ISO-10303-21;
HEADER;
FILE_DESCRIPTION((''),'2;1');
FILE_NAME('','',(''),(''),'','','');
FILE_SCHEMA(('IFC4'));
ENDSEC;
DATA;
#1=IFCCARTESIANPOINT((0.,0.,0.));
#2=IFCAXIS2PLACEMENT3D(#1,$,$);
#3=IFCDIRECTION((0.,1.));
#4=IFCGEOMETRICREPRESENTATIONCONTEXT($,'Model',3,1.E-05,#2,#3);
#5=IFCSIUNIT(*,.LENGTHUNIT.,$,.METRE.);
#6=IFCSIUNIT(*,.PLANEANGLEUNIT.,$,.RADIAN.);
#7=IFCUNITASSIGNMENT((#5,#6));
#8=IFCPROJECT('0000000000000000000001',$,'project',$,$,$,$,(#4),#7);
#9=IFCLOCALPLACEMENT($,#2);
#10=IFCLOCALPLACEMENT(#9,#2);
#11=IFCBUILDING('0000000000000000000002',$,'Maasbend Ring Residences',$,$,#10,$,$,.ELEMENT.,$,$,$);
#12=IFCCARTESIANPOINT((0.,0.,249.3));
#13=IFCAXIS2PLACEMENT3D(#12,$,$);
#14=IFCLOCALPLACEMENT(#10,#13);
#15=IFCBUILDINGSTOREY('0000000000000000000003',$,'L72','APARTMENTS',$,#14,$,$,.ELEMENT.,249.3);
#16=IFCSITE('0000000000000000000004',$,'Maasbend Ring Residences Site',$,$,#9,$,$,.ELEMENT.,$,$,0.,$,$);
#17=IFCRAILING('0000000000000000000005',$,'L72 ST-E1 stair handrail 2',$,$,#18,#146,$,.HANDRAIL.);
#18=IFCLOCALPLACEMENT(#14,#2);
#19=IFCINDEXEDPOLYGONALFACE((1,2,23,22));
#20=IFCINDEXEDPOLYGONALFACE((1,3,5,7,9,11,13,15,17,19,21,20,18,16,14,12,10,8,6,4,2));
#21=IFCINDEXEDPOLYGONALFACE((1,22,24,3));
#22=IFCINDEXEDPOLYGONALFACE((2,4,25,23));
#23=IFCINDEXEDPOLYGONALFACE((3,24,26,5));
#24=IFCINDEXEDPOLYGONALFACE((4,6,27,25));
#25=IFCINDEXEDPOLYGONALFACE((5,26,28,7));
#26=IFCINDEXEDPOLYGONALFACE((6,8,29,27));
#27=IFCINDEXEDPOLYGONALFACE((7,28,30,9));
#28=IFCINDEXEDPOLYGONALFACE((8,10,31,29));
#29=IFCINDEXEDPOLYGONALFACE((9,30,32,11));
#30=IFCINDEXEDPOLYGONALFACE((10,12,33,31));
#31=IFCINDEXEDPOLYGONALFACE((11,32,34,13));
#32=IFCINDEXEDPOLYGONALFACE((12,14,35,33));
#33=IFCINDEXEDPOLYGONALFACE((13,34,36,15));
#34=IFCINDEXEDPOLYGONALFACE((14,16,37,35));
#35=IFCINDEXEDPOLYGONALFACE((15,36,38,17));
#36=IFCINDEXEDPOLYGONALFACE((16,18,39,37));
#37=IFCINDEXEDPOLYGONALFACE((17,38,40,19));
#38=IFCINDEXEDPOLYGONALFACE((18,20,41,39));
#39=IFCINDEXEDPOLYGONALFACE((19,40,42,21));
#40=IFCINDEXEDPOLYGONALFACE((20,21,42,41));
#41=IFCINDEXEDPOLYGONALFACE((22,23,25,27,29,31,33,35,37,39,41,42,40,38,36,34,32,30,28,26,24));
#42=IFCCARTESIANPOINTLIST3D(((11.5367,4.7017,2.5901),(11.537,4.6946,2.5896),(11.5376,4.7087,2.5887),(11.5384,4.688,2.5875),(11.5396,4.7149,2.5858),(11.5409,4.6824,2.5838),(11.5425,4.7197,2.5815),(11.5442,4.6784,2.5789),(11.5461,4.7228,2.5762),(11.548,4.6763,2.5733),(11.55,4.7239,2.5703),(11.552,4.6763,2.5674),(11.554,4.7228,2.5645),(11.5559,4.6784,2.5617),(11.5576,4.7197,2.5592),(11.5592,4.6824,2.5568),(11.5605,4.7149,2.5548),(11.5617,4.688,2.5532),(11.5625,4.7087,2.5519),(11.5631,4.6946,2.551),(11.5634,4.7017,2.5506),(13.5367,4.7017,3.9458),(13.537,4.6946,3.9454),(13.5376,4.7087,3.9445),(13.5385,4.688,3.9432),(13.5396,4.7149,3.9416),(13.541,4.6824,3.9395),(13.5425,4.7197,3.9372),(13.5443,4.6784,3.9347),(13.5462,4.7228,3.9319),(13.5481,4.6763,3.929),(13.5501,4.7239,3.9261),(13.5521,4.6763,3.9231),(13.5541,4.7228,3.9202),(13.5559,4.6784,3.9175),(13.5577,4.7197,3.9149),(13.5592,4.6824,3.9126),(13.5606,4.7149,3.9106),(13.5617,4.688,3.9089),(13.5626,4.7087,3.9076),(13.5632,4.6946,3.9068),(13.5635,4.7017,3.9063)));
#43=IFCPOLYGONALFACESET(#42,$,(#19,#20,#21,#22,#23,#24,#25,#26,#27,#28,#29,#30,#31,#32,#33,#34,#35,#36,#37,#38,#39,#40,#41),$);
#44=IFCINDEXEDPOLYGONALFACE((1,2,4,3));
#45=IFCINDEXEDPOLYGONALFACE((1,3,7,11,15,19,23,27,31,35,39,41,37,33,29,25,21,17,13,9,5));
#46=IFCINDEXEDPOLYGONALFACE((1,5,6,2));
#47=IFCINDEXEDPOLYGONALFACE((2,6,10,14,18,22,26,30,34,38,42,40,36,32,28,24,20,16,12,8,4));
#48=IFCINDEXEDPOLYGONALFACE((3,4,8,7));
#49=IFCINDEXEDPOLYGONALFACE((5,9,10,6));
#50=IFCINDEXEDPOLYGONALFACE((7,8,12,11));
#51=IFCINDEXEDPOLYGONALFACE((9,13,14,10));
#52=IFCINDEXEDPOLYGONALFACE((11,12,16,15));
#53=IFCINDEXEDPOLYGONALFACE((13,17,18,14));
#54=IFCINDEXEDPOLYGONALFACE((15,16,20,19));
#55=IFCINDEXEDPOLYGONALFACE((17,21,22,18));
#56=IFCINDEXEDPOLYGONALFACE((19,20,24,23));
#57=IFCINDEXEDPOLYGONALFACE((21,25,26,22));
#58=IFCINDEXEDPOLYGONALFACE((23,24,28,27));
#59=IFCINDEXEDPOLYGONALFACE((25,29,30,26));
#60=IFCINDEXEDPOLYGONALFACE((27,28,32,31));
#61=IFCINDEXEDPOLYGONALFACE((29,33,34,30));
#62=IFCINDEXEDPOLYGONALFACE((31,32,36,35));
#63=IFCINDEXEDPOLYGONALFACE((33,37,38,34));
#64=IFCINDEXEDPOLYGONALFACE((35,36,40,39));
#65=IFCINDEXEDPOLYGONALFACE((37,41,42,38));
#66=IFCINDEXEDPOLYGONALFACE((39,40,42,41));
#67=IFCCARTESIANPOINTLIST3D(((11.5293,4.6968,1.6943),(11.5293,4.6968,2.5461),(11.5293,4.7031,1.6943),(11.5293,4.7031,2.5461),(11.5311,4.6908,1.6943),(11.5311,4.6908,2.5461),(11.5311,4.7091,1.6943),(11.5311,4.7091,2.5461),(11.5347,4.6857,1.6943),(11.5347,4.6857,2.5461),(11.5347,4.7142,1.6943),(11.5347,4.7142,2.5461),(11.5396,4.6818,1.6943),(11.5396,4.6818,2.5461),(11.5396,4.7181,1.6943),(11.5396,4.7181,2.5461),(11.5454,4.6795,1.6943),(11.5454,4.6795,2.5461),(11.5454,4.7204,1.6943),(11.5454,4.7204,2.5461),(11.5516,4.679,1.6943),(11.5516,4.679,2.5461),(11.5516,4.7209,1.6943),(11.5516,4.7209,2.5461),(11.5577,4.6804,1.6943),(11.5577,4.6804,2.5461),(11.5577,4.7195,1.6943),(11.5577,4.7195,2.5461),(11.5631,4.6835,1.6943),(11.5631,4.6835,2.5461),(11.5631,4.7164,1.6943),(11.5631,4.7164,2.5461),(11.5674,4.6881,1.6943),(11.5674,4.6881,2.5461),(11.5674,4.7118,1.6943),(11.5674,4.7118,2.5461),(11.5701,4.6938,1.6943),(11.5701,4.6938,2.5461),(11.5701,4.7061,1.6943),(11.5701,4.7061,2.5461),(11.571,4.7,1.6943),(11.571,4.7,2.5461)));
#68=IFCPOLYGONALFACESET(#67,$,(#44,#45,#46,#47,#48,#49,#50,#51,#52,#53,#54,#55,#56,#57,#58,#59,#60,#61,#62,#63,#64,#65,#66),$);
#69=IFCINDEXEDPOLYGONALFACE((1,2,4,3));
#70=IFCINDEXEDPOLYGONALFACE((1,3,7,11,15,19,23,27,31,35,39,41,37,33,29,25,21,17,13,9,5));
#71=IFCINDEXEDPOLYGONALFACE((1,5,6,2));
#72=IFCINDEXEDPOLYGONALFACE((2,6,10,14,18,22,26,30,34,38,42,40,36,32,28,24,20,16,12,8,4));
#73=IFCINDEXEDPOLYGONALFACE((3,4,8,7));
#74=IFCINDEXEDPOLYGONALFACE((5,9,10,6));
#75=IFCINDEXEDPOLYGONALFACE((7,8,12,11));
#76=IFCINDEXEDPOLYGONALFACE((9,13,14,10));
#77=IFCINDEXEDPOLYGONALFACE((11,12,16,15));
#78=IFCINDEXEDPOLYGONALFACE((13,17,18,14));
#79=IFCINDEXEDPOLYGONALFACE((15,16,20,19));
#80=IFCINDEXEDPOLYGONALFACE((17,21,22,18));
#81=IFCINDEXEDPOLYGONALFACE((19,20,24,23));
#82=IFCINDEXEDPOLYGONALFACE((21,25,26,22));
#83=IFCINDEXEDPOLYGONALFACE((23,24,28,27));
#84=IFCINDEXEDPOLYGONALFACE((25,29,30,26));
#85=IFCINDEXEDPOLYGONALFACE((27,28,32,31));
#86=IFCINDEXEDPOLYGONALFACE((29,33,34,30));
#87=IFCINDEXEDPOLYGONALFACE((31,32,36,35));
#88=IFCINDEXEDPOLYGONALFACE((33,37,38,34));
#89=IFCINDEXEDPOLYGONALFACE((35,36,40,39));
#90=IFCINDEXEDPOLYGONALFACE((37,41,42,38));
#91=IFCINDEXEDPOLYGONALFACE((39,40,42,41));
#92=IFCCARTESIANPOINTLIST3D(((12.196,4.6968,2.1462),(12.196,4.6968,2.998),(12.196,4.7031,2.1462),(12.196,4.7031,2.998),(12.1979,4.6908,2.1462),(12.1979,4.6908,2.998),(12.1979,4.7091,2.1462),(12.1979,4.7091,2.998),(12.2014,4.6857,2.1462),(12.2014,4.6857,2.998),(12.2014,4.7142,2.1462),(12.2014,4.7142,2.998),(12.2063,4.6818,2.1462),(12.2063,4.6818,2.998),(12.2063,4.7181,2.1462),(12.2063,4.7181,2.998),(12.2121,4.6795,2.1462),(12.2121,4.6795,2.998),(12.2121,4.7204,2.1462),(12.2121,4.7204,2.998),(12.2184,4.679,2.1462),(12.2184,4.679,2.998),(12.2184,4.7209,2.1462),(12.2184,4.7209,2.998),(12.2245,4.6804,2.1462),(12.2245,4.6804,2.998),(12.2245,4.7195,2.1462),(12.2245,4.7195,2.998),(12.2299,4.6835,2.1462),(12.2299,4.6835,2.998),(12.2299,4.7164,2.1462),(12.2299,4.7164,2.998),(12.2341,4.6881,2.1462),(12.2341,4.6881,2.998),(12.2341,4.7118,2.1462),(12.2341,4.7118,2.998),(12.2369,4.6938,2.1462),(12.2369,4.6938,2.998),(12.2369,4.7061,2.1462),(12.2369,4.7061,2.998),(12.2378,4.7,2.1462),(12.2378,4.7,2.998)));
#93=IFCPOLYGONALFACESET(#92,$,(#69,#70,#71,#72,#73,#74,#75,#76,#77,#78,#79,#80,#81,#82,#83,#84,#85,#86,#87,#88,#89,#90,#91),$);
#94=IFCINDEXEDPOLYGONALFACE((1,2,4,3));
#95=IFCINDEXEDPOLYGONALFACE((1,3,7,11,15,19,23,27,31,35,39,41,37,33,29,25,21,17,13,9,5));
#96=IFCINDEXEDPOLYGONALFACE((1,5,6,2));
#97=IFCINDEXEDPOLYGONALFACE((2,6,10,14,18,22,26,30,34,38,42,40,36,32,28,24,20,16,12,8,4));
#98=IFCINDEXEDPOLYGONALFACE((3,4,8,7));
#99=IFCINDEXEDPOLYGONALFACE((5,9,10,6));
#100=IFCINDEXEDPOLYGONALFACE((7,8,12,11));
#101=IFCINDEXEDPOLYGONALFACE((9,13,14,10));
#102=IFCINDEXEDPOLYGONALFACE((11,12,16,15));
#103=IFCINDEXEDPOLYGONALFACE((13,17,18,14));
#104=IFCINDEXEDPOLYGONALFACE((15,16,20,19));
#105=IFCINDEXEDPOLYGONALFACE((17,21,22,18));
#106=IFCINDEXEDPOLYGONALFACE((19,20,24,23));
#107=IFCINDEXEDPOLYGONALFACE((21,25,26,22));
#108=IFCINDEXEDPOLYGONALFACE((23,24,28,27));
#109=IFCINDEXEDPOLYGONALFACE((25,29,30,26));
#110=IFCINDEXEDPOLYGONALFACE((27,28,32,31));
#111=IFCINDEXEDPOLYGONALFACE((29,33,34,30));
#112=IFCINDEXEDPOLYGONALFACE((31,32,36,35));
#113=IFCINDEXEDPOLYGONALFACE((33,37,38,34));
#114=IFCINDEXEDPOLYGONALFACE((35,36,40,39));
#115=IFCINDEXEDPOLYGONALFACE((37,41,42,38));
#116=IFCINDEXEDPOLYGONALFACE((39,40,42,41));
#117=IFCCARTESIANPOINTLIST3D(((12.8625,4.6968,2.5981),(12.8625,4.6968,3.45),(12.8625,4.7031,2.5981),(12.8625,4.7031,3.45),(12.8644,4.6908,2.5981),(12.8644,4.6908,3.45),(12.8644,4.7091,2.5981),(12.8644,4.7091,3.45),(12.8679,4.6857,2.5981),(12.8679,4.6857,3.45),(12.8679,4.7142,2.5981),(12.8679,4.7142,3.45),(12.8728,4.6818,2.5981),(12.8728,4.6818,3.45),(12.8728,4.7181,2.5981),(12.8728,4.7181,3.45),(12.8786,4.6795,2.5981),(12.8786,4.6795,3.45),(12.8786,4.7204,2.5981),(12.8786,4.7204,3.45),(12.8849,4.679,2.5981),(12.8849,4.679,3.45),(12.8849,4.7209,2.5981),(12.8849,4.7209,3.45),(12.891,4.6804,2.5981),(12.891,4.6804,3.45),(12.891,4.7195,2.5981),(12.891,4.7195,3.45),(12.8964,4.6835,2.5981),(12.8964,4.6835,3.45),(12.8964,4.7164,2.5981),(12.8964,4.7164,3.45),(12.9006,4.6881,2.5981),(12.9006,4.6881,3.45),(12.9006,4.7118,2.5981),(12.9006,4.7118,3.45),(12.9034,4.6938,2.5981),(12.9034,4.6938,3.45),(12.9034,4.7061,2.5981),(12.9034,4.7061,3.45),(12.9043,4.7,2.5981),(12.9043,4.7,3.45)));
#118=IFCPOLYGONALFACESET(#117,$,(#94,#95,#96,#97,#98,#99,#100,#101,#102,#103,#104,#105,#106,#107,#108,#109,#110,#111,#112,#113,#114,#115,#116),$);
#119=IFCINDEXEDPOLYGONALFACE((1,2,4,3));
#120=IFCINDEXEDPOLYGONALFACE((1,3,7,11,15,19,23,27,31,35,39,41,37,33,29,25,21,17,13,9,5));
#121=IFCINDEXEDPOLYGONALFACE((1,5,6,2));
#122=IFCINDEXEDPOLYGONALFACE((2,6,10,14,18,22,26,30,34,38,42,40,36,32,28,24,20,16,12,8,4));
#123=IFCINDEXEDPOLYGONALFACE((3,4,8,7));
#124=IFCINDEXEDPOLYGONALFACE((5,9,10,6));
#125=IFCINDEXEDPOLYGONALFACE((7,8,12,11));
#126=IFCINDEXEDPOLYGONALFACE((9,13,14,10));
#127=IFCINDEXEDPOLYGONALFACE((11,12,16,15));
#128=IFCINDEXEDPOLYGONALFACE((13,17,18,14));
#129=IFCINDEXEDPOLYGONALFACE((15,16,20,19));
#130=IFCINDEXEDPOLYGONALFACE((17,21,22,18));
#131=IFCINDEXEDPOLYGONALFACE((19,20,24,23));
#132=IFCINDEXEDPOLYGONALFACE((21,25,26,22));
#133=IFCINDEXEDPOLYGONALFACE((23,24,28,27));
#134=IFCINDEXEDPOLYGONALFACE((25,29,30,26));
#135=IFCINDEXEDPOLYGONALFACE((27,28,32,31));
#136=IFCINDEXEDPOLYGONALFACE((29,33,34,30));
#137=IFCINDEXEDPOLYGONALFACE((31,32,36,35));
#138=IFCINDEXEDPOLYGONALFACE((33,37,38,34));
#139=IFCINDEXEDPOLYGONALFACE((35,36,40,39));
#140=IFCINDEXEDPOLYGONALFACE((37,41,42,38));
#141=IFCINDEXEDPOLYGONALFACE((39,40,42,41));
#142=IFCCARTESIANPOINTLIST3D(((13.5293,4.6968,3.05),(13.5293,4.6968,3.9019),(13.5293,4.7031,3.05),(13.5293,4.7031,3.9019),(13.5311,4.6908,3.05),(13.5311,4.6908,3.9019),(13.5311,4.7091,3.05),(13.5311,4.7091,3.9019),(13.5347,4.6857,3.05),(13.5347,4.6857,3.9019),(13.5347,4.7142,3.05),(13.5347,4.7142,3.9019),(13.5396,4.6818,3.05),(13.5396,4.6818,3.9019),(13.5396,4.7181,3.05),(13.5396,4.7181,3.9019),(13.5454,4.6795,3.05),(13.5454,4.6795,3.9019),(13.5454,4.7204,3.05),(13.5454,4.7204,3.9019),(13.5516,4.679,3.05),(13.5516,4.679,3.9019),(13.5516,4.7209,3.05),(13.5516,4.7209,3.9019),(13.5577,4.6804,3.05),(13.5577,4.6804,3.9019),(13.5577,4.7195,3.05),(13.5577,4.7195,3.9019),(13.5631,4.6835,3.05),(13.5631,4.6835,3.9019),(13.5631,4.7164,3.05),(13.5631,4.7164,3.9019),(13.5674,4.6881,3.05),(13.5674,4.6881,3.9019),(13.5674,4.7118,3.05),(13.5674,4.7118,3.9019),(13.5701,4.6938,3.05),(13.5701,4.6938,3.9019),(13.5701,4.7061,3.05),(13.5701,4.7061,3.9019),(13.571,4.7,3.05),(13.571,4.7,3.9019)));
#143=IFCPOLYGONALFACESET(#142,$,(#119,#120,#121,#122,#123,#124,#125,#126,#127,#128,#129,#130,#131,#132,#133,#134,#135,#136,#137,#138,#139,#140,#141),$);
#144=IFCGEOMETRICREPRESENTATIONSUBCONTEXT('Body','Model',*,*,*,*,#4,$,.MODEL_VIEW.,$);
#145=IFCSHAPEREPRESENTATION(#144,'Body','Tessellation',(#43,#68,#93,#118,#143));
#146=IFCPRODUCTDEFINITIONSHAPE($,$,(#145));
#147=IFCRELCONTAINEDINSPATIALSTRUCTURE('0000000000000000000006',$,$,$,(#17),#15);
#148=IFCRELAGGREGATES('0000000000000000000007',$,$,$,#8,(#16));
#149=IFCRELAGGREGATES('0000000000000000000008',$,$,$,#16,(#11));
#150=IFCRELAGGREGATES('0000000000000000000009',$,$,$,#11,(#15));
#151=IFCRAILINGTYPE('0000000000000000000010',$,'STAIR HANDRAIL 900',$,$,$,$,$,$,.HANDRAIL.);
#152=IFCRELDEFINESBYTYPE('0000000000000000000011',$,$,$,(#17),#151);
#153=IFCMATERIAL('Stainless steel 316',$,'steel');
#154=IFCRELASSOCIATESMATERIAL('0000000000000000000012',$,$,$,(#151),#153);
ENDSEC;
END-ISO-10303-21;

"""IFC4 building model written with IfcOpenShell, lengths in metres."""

from ifc_helpers import new_model, si_unit, direction, frame, origin, origin_2d, place, context, subcontext, project, spatial, circle, extrude, material, type_object, element, save


model = new_model("IFC4")

# Units and contexts
model_context = context("Model", 3, precision=1e-05, world=origin(), true_north=direction((0.0, 1.0)))
body_context = subcontext(model_context, "Body", "Model", "MODEL_VIEW")
ifc_project = project(units=[si_unit("LENGTHUNIT", "METRE"), si_unit("PLANEANGLEUNIT", "RADIAN")], contexts=[model_context])

# Site, building, storey
site_placement = place(None, origin())
site = spatial("IfcSite", under=ifc_project, at=site_placement, Name="Maasbend Ring Residences Site", CompositionType="ELEMENT", RefElevation=0.0)
building_placement = place(site_placement, origin())
building = spatial("IfcBuilding", under=site, at=building_placement, Name="Maasbend Ring Residences", CompositionType="ELEMENT")
storey_placement = place(building_placement, frame((0.0, 0.0, 249.3)))
storey = spatial("IfcBuildingStorey", under=building, at=storey_placement, Name="L72", Description="APARTMENTS", CompositionType="ELEMENT", Elevation=249.3)

# Railing
ifc_material_1 = material(Name="Stainless steel 316", Category="steel")
railing_type_1 = type_object("IfcRailingType", Name="STAIR HANDRAIL 900", PredefinedType="HANDRAIL", material=ifc_material_1)
railing_1_placement = place(storey_placement, frame((11.55, 4.7, 1.6943)))
element("IfcRailing", 1, at=railing_1_placement, inside=storey, type_object=railing_type_1, Name="L72 ST-E1 stair handrail 2", PredefinedType="HANDRAIL", context=body_context, shape_type="SweptSolid", body=[
    extrude(circle(Radius=0.0239, at=origin_2d()), frame((0.0, 0.0, 0.876), z_axis=(0.827751, 0.0, 0.561096), x_axis=(0.0, 1.0, 0.0)), (0.0, 0.0, 1.0), 2.4163),
    extrude(circle(Radius=0.021, at=origin_2d()), origin(), (0.0, 0.0, 1.0), 0.8518),
    extrude(circle(Radius=0.021, at=origin_2d()), frame((0.6667, 0.0, 0.4519)), (0.0, 0.0, 1.0), 0.8518),
    extrude(circle(Radius=0.021, at=origin_2d()), frame((1.3333, 0.0, 0.9038)), (0.0, 0.0, 1.0), 0.8518),
    extrude(circle(Radius=0.021, at=origin_2d()), frame((2.0, 0.0, 1.3557)), (0.0, 0.0, 1.0), 0.8518),
])

save(model, "model.ifc")
